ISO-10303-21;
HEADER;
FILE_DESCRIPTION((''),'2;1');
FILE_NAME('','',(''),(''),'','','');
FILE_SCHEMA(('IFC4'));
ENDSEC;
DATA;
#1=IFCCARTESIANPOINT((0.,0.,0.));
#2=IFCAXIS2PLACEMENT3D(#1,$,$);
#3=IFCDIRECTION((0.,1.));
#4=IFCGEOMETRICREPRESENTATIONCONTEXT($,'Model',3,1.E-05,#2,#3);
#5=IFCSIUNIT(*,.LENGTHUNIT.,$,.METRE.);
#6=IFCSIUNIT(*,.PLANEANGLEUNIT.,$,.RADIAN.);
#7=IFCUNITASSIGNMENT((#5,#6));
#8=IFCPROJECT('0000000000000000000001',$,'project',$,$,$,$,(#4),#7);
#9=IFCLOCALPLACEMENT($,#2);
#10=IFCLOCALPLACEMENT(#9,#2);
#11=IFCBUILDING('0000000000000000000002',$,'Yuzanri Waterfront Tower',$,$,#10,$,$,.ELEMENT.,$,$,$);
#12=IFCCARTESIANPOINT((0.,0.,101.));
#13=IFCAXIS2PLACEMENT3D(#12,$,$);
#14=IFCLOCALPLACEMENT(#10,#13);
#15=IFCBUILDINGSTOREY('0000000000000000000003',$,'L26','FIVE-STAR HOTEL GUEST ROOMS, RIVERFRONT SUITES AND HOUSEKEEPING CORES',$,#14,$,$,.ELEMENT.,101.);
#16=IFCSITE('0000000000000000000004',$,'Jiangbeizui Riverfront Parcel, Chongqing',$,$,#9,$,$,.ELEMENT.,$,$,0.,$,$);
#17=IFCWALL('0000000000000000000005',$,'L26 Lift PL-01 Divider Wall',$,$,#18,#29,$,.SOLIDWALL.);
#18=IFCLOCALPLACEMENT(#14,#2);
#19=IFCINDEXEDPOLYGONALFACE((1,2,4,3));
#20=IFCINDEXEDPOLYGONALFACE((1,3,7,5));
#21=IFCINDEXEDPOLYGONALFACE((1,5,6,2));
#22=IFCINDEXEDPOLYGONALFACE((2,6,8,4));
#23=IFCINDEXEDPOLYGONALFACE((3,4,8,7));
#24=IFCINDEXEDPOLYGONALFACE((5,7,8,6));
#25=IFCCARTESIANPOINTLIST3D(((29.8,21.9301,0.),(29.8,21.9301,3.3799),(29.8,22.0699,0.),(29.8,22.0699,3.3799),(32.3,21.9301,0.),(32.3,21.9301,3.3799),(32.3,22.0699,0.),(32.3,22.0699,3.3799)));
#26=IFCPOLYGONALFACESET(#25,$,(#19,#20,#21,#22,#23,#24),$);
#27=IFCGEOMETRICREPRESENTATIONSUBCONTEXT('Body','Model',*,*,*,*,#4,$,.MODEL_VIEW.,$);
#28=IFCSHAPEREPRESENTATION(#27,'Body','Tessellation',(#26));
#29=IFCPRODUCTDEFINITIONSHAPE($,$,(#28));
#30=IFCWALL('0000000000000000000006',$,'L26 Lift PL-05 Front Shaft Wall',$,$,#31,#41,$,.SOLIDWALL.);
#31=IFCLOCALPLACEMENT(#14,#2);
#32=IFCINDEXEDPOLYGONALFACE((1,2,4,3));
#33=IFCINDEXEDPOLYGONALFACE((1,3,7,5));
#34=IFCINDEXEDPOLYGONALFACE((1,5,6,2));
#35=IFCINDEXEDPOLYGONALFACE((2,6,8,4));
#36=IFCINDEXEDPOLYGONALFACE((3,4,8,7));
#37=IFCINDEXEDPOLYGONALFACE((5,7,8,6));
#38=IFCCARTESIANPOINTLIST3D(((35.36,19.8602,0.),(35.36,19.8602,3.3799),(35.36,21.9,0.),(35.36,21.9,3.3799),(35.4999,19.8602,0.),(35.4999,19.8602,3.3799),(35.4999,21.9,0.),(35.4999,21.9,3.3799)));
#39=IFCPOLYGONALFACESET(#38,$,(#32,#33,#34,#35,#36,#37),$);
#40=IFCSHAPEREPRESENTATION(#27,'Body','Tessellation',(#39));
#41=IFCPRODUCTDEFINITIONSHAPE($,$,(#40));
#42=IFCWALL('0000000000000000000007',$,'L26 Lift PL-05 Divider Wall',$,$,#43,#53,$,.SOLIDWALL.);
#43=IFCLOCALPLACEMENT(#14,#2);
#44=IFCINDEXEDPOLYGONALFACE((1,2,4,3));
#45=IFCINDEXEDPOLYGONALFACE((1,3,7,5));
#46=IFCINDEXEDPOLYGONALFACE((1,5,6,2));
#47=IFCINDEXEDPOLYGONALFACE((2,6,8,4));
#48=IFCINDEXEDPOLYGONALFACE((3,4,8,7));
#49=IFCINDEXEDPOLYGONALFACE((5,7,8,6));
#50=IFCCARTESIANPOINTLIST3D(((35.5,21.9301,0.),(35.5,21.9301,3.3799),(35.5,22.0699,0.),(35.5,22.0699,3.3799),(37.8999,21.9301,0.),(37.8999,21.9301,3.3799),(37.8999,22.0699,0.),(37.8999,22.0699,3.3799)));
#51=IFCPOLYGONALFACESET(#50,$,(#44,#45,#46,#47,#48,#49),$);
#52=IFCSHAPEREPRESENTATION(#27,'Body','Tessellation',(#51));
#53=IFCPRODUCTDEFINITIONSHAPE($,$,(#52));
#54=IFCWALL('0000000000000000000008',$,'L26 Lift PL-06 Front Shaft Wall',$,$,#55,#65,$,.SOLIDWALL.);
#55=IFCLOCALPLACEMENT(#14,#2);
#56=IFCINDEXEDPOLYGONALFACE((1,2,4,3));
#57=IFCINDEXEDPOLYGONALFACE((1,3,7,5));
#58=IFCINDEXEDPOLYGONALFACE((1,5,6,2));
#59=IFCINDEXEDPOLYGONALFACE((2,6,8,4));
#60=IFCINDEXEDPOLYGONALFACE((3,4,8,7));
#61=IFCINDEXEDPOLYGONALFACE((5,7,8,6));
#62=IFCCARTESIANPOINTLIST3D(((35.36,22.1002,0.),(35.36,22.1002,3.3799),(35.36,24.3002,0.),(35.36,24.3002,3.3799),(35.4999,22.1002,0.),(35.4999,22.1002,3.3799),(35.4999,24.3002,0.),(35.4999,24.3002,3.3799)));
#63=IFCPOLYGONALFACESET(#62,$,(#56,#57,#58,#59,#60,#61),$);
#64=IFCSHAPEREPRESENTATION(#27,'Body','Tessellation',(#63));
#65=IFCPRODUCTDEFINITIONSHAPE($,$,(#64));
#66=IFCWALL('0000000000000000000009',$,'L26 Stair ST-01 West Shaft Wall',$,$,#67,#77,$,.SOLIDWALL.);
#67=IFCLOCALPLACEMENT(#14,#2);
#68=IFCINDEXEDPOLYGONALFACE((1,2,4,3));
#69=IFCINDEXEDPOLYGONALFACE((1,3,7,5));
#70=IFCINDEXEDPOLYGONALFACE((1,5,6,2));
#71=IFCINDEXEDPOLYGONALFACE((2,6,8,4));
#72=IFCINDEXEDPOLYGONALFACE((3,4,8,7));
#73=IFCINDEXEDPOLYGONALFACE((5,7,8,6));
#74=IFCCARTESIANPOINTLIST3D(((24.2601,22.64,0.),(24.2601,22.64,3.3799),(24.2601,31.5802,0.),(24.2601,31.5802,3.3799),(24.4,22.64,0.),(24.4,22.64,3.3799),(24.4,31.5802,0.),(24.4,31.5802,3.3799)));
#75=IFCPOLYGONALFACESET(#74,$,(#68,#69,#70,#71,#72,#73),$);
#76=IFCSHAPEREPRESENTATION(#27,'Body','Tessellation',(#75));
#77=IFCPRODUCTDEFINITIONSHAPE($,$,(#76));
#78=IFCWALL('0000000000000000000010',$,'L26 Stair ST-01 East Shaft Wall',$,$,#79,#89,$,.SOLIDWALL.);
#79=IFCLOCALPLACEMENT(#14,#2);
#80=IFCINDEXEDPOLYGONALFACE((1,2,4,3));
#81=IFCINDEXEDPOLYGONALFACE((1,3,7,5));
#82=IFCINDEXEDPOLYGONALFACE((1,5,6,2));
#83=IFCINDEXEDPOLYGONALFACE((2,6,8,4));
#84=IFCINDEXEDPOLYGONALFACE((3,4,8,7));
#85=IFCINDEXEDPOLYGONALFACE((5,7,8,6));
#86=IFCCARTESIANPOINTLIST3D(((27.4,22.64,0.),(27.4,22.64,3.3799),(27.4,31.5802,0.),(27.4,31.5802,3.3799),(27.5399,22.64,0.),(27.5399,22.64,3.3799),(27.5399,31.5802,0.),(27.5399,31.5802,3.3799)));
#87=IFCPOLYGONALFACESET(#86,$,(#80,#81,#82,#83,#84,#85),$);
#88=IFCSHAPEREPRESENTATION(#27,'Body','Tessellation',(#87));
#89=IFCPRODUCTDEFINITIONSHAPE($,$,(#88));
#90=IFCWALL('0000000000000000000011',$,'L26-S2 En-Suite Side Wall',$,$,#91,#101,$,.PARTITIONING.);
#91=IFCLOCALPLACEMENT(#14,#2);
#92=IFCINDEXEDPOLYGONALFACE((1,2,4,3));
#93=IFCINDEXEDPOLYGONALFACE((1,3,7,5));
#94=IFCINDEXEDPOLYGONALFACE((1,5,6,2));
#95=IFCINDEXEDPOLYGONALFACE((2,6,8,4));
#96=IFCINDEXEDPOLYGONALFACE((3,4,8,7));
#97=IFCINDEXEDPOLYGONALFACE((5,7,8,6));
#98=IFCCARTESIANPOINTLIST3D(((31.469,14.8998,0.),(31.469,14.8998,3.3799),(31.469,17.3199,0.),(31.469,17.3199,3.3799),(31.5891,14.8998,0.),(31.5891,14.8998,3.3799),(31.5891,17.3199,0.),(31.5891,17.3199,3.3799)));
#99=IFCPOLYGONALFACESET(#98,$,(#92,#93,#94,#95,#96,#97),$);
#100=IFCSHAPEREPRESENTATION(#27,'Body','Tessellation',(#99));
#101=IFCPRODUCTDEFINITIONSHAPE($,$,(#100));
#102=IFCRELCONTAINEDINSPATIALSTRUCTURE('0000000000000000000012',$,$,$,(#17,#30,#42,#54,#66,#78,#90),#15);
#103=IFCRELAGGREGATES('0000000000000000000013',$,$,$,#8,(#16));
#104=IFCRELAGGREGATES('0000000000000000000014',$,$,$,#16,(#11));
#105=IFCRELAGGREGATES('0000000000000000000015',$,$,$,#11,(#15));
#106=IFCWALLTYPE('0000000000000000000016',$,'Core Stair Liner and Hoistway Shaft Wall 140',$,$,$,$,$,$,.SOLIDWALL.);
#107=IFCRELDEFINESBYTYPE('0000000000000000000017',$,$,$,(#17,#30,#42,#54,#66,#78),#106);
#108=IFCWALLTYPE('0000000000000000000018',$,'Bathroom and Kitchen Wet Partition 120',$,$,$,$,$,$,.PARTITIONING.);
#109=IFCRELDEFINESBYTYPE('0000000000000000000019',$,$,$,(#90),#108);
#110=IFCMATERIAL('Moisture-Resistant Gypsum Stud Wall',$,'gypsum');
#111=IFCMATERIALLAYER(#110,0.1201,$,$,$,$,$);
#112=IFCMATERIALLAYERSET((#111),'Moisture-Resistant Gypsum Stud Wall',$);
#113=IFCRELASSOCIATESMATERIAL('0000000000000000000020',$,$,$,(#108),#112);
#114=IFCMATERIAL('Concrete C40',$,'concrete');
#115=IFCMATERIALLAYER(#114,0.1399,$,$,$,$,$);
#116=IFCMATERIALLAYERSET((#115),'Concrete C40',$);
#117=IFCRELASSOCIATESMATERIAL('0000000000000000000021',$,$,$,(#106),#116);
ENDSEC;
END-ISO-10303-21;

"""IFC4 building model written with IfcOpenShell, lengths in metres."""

from ifc_helpers import new_model, si_unit, direction, frame, frame_2d, origin, place, context, subcontext, project, spatial, rectangle, extrude, source, transform, mapped, material, layer, layer_set, type_object, element, save


model = new_model("IFC4")

# Units and contexts
model_context = context("Model", 3, precision=1e-05, world=origin(), true_north=direction((0.0, 1.0)))
body_context = subcontext(model_context, "Body", "Model", "MODEL_VIEW")
ifc_project = project(units=[si_unit("LENGTHUNIT", "METRE"), si_unit("PLANEANGLEUNIT", "RADIAN")], contexts=[model_context])

# Site, building, storey
site_placement = place(None, origin())
site = spatial("IfcSite", under=ifc_project, at=site_placement, Name="Jiangbeizui Riverfront Parcel, Chongqing", CompositionType="ELEMENT", RefElevation=0.0)
building_placement = place(site_placement, origin())
building = spatial("IfcBuilding", under=site, at=building_placement, Name="Yuzanri Waterfront Tower", CompositionType="ELEMENT")
storey_placement = place(building_placement, frame((0.0, 0.0, 101.0)))
storey = spatial("IfcBuildingStorey", under=building, at=storey_placement, Name="L26", Description="FIVE-STAR HOTEL GUEST ROOMS, RIVERFRONT SUITES AND HOUSEKEEPING CORES", CompositionType="ELEMENT", Elevation=101.0)

# Shared definitions
ifc_material_1 = material(Name="Moisture-Resistant Gypsum Stud Wall", Category="gypsum")
ifc_layer_1 = layer(ifc_material_1, 0.1201)
ifc_layer_set_1 = layer_set([ifc_layer_1], Name="Moisture-Resistant Gypsum Stud Wall")
wall_type_1 = type_object("IfcWallType", Name="Bathroom and Kitchen Wet Partition 120", PredefinedType="PARTITIONING", material=ifc_layer_set_1)
ifc_material_2 = material(Name="Concrete C40", Category="concrete")
ifc_layer_2 = layer(ifc_material_2, 0.1399)
ifc_layer_set_2 = layer_set([ifc_layer_2], Name="Concrete C40")
wall_type_2 = type_object("IfcWallType", Name="Core Stair Liner and Hoistway Shaft Wall 140", PredefinedType="SOLIDWALL", material=ifc_layer_set_2)

# Walls
shared_shape_1 = source(origin(), body_context, "Body", "SweptSolid", [
    extrude(rectangle(XDim=2.5, YDim=0.1399, at=frame_2d((1.25, 0.0))), origin(), (0.0, 0.0, 1.0), 3.3799),
])
wall_1_placement = place(storey_placement, frame((29.8, 22.0, 0.0), z_axis=(0.0, 0.0, 1.0), x_axis=(1.0, 0.0, 0.0)))
element("IfcWall", 1, at=wall_1_placement, inside=storey, type_object=wall_type_2, Name="L26 Lift PL-01 Divider Wall", PredefinedType="SOLIDWALL", context=body_context, shape_type="MappedRepresentation", body=[
    mapped(shared_shape_1, transform((0.0, 0.0, 0.0), scale=1.0)),
])
shared_shape_2 = source(origin(), body_context, "Body", "SweptSolid", [
    extrude(rectangle(XDim=2.0398, YDim=0.1399, at=frame_2d((1.02, 0.0))), origin(), (0.0, 0.0, 1.0), 3.3799),
])
wall_2_placement = place(storey_placement, frame((35.4299, 19.8601, 0.0), z_axis=(0.0, 0.0, 1.0), x_axis=(0.0, 1.0, 0.0)))
element("IfcWall", 2, at=wall_2_placement, inside=storey, type_object=wall_type_2, Name="L26 Lift PL-05 Front Shaft Wall", PredefinedType="SOLIDWALL", context=body_context, shape_type="MappedRepresentation", body=[
    mapped(shared_shape_2, transform((0.0, 0.0, 0.0), scale=1.0)),
])
shared_shape_3 = source(origin(), body_context, "Body", "SweptSolid", [
    extrude(rectangle(XDim=2.3999, YDim=0.1399, at=frame_2d((1.2, 0.0))), origin(), (0.0, 0.0, 1.0), 3.3799),
])
wall_3_placement = place(storey_placement, frame((35.5, 22.0, 0.0), z_axis=(0.0, 0.0, 1.0), x_axis=(1.0, 0.0, 0.0)))
element("IfcWall", 3, at=wall_3_placement, inside=storey, type_object=wall_type_2, Name="L26 Lift PL-05 Divider Wall", PredefinedType="SOLIDWALL", context=body_context, shape_type="MappedRepresentation", body=[
    mapped(shared_shape_3, transform((0.0, 0.0, 0.0), scale=1.0)),
])
shared_shape_4 = source(origin(), body_context, "Body", "SweptSolid", [
    extrude(rectangle(XDim=2.2, YDim=0.1399, at=frame_2d((1.1001, 0.0))), origin(), (0.0, 0.0, 1.0), 3.3799),
])
wall_4_placement = place(storey_placement, frame((35.4299, 22.1001, 0.0), z_axis=(0.0, 0.0, 1.0), x_axis=(0.0, 1.0, 0.0)))
element("IfcWall", 4, at=wall_4_placement, inside=storey, type_object=wall_type_2, Name="L26 Lift PL-06 Front Shaft Wall", PredefinedType="SOLIDWALL", context=body_context, shape_type="MappedRepresentation", body=[
    mapped(shared_shape_4, transform((0.0, 0.0, 0.0), scale=1.0)),
])
shared_shape_5 = source(origin(), body_context, "Body", "SweptSolid", [
    extrude(rectangle(XDim=8.9402, YDim=0.1399, at=frame_2d((4.4702, 0.0))), origin(), (0.0, 0.0, 1.0), 3.3799),
])
for number, where, z_axis, x_axis, name in (
    (5, (24.3301, 22.6399, 0.0), (0.0, 0.0, 1.0), (0.0, 1.0, 0.0), "L26 Stair ST-01 West Shaft Wall"),
    (6, (27.47, 22.6399, 0.0), (0.0, 0.0, 1.0), (0.0, 1.0, 0.0), "L26 Stair ST-01 East Shaft Wall"),
):
    element("IfcWall", number, at=place(storey_placement, frame(where, z_axis=z_axis, x_axis=x_axis)), inside=storey, type_object=wall_type_2, Name=name, PredefinedType="SOLIDWALL", context=body_context, shape_type="MappedRepresentation", body=[
        mapped(shared_shape_5, transform((0.0, 0.0, 0.0), scale=1.0)),
    ])
shared_shape_6 = source(origin(), body_context, "Body", "SweptSolid", [
    extrude(rectangle(XDim=2.4202, YDim=0.1201, at=frame_2d((1.21, 0.0))), origin(), (0.0, 0.0, 1.0), 3.3799),
])
wall_5_placement = place(storey_placement, frame((31.5291, 14.8999, 0.0), z_axis=(0.0, 0.0, 1.0), x_axis=(0.0, 1.0, 0.0)))
element("IfcWall", 7, at=wall_5_placement, inside=storey, type_object=wall_type_1, Name="L26-S2 En-Suite Side Wall", PredefinedType="PARTITIONING", context=body_context, shape_type="MappedRepresentation", body=[
    mapped(shared_shape_6, transform((0.0, 0.0, 0.0), scale=1.0)),
])

save(model, "model.ifc")
